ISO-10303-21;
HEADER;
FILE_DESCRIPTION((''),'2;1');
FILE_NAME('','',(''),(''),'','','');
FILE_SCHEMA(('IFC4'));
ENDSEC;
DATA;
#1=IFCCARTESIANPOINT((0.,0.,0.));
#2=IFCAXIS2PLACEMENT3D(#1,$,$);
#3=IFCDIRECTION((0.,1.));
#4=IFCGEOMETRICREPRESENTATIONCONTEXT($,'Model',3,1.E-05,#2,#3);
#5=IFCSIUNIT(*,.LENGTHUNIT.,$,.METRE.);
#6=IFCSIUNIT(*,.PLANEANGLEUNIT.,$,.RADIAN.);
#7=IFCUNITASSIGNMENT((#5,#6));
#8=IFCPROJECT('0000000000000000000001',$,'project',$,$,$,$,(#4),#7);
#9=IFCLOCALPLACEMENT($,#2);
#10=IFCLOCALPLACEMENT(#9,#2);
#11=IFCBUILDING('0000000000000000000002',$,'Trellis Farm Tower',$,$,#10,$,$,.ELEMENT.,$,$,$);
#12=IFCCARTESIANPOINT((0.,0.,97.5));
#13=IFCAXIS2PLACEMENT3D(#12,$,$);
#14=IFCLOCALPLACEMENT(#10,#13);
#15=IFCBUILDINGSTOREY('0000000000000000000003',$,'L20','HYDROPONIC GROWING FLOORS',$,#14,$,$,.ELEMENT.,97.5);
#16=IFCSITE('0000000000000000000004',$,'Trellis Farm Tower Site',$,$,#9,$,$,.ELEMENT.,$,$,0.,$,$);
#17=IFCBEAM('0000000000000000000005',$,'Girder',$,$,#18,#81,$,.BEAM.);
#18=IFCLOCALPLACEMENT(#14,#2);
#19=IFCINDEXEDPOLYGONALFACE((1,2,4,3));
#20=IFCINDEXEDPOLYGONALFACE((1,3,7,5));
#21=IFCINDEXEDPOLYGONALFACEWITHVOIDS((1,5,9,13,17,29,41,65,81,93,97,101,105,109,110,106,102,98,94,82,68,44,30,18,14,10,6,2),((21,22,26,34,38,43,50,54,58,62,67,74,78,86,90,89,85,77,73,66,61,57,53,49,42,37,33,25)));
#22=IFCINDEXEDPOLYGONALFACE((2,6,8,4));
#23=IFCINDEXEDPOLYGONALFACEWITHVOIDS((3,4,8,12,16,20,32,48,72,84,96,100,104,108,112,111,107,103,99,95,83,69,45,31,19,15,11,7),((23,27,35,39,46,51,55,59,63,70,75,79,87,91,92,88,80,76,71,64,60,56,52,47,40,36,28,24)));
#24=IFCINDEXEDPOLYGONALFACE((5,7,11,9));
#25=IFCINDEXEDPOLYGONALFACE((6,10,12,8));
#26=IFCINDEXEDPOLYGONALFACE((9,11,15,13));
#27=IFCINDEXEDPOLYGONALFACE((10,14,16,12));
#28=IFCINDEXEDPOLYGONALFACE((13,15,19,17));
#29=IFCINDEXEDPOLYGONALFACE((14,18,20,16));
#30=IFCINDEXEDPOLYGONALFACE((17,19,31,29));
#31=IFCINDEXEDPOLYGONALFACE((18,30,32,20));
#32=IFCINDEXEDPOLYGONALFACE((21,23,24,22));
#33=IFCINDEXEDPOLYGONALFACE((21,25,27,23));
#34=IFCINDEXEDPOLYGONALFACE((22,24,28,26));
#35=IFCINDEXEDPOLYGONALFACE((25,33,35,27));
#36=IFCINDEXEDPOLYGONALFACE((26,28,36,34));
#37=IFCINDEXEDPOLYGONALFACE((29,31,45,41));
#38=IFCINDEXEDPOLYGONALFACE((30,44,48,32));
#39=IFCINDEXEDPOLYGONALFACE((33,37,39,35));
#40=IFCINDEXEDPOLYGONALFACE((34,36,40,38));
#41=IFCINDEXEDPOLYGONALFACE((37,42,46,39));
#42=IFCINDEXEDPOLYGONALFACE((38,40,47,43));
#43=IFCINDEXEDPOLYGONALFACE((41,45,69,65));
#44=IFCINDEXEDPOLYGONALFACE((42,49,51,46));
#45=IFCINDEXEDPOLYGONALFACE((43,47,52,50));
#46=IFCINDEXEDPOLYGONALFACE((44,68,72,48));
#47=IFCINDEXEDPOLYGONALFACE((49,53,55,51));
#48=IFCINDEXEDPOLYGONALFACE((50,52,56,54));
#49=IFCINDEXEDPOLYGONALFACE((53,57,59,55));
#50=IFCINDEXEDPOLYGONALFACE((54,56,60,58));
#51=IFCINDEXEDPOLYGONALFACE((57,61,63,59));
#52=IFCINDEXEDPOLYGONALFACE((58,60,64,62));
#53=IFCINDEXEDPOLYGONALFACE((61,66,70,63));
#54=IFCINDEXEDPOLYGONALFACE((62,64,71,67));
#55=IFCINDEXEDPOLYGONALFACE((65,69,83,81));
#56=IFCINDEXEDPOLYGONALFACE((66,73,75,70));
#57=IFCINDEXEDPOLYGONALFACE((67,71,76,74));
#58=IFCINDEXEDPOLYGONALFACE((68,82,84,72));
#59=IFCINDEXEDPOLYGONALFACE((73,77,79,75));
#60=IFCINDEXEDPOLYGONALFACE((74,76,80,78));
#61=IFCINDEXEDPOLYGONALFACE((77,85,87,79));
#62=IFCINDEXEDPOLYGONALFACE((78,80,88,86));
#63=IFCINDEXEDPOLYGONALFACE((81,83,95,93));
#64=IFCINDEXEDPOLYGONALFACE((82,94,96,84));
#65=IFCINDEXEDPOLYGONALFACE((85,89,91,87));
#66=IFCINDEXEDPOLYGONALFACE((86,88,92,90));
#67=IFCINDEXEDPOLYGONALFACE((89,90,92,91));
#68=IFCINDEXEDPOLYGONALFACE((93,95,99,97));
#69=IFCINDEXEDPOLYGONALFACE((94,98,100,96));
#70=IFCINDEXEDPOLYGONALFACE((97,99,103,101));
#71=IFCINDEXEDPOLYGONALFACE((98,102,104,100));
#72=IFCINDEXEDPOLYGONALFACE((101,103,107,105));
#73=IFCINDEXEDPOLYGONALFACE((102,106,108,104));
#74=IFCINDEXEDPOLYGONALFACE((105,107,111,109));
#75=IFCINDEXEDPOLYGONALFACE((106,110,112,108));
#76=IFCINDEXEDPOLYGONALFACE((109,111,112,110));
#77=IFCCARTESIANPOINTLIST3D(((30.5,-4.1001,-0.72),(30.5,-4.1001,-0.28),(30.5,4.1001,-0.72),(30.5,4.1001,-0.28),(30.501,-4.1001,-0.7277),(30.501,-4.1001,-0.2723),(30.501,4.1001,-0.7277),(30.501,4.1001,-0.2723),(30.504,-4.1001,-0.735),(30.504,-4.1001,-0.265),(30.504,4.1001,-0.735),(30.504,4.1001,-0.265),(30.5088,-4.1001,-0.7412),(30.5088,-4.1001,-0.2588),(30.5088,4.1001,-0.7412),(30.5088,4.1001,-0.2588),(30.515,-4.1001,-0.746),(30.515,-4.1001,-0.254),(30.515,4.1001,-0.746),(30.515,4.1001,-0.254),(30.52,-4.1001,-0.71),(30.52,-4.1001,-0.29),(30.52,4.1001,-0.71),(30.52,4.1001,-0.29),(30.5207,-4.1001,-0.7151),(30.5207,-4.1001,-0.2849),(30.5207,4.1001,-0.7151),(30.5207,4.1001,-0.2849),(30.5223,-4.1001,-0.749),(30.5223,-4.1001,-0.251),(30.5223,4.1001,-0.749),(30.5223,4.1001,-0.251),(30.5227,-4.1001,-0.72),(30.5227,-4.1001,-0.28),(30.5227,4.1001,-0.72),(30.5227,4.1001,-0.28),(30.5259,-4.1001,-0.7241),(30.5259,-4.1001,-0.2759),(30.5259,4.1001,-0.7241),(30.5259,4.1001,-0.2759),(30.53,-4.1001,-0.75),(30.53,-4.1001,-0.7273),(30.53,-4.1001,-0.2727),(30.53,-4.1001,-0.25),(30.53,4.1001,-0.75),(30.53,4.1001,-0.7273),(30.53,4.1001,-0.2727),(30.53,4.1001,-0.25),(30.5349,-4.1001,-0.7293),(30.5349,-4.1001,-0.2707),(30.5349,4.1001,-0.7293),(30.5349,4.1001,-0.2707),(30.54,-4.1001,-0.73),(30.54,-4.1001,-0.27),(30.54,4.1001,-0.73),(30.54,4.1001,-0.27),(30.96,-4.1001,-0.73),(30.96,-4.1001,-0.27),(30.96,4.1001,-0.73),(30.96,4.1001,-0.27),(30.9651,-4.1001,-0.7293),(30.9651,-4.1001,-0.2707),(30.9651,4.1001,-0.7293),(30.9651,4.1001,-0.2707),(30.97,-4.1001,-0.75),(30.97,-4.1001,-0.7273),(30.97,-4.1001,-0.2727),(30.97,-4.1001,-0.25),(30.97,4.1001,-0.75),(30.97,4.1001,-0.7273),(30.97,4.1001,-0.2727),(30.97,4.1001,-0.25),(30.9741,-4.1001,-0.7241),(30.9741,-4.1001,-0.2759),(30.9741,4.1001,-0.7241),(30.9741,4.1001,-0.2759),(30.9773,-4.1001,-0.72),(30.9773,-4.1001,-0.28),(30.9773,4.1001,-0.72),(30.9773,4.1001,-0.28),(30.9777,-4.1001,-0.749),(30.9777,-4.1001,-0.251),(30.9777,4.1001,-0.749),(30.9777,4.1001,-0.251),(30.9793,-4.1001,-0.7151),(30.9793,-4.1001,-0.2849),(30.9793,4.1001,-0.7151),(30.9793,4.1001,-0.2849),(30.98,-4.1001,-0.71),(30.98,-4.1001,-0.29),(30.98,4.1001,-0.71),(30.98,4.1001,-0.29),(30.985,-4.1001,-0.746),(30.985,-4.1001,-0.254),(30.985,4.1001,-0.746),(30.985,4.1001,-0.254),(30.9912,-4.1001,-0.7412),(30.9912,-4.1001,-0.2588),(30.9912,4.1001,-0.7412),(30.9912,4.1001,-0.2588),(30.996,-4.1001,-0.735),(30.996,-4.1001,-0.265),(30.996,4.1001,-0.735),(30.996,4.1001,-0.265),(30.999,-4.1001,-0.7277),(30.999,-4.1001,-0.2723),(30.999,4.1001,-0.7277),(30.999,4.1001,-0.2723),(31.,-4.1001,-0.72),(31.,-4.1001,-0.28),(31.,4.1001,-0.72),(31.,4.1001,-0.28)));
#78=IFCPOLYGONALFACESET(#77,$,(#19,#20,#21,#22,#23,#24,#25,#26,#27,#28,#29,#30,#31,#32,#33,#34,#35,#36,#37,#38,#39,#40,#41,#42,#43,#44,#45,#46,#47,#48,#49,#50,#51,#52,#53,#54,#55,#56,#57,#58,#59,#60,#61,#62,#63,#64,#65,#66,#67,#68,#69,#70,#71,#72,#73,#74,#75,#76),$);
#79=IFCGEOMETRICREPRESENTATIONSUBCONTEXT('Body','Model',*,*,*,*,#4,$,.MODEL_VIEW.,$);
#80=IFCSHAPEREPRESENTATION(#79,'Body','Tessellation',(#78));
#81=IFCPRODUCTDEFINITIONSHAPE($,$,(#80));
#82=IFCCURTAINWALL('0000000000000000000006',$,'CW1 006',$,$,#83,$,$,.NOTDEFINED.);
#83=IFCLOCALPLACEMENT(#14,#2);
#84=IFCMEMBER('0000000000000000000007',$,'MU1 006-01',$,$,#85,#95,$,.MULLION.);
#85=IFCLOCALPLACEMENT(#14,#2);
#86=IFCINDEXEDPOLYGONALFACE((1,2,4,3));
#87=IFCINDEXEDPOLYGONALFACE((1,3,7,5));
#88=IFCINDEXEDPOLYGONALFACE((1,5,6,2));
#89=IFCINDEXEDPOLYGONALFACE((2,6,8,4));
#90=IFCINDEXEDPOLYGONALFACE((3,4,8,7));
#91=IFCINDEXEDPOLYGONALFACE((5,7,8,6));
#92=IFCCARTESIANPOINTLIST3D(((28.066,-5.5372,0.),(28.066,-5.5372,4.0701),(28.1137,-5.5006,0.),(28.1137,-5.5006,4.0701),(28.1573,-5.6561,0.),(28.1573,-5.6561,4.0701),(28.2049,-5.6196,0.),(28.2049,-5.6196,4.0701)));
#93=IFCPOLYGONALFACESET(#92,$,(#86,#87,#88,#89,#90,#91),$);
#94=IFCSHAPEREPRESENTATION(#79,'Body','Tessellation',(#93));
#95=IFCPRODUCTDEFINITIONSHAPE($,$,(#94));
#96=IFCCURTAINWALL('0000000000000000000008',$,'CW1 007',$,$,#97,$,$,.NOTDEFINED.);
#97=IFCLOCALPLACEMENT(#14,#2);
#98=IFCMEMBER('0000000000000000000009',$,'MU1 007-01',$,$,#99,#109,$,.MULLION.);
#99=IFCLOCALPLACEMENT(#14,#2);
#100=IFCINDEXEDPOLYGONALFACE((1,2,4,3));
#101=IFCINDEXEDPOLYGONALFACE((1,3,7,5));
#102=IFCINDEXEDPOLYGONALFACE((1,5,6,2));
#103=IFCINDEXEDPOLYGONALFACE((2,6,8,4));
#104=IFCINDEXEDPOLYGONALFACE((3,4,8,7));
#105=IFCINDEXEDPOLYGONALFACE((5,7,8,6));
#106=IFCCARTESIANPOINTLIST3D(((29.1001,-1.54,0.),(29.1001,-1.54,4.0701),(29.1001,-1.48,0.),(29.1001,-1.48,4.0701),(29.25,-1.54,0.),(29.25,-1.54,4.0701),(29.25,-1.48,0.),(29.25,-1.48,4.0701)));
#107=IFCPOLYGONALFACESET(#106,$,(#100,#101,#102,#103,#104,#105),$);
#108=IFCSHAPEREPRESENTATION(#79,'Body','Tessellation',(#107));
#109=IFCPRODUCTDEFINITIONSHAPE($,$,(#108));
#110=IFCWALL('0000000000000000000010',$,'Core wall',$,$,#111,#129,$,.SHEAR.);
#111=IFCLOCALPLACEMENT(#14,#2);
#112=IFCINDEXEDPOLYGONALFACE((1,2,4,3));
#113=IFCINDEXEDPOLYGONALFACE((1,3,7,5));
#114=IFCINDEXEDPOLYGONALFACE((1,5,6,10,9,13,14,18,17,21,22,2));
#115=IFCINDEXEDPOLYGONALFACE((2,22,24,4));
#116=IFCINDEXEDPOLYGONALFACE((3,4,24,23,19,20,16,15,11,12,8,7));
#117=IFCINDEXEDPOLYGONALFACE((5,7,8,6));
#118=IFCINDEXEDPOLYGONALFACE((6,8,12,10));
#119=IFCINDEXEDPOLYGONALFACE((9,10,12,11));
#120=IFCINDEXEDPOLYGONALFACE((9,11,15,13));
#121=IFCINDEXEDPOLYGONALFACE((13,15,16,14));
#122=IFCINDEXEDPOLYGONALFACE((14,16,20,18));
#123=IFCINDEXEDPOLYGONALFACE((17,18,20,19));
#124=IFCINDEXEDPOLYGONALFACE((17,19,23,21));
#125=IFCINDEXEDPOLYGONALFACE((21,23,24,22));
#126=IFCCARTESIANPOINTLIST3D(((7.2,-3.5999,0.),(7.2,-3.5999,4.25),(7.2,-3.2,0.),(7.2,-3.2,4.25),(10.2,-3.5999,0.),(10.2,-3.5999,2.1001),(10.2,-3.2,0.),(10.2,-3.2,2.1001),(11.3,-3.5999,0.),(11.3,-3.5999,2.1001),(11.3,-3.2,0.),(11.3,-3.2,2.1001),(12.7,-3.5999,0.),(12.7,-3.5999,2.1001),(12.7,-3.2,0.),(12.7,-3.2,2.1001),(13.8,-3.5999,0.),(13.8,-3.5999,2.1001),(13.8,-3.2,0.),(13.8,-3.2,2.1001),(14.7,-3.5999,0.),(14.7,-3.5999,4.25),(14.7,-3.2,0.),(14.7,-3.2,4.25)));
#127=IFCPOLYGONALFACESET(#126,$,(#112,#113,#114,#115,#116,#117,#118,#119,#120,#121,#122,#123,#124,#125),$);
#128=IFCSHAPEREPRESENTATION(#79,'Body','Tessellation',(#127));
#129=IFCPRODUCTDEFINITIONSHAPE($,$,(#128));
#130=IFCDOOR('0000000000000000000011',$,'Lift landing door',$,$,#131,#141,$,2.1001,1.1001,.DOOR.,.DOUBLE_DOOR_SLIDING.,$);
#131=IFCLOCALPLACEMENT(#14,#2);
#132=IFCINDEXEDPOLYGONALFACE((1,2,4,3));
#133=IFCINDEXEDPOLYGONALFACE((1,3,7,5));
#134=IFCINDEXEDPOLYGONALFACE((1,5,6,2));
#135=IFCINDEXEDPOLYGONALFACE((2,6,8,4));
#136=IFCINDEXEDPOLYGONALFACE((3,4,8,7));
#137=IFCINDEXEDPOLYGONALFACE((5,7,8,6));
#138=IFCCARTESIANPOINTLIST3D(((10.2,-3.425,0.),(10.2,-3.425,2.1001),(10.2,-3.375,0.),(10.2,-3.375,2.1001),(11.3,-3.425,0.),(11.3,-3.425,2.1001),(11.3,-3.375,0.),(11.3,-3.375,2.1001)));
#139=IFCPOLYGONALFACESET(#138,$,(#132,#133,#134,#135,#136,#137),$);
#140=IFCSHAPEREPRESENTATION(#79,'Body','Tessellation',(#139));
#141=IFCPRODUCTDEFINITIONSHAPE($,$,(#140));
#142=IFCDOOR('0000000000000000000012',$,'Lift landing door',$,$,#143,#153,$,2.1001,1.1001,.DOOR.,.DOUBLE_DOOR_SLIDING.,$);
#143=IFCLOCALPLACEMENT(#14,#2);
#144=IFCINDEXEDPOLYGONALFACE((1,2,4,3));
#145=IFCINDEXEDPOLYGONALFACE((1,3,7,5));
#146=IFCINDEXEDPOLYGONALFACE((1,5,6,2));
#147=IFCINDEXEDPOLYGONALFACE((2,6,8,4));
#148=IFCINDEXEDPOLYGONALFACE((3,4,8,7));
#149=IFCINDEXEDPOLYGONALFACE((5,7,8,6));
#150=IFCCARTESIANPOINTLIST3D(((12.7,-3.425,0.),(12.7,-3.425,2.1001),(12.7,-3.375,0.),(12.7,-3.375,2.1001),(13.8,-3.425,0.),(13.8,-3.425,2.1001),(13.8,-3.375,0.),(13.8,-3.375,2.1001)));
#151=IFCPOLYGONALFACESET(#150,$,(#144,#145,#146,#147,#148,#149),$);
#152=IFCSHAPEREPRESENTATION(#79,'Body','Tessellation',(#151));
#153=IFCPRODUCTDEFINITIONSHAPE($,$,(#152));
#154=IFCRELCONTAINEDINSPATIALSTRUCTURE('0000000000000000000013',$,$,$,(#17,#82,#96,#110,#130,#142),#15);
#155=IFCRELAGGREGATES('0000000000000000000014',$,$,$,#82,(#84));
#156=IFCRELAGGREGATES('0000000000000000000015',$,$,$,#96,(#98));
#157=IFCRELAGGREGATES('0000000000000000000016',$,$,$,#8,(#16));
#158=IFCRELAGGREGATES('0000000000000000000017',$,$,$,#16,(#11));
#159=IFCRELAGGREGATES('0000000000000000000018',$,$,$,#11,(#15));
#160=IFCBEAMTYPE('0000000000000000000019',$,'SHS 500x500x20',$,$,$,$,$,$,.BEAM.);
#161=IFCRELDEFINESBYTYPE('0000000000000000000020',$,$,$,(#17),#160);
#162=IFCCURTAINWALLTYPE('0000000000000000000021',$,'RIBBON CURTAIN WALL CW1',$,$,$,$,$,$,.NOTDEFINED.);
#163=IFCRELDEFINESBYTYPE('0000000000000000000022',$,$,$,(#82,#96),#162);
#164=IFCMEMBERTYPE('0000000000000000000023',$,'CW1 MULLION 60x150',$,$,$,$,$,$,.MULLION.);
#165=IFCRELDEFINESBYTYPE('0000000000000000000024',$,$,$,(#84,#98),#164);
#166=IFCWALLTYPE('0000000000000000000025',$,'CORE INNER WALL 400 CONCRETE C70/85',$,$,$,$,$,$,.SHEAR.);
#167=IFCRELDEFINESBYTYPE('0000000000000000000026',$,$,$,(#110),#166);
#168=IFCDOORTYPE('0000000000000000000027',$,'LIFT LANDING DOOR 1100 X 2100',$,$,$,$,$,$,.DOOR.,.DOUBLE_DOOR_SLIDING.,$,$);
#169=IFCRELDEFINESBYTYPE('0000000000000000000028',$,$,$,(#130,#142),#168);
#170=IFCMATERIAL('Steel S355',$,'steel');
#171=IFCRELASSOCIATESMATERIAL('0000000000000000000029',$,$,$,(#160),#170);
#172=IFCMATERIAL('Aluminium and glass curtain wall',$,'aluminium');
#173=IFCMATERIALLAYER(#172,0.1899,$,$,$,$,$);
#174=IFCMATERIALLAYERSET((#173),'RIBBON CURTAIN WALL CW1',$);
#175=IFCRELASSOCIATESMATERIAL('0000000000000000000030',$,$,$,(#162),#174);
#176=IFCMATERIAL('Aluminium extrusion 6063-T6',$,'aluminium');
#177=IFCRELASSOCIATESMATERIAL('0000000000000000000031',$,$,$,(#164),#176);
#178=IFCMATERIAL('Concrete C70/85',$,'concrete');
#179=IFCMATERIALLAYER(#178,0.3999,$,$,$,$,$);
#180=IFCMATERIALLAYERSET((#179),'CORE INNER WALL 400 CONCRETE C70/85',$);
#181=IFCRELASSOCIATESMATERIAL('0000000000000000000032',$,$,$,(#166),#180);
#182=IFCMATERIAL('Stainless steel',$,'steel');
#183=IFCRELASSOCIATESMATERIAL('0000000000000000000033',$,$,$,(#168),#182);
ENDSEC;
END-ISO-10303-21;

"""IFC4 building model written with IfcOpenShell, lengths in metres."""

from ifc_helpers import new_model, si_unit, direction, frame, frame_2d, origin, origin_2d, place, context, subcontext, project, spatial, rectangle, hollow_rectangle, extrude, source, transform, mapped, material, layer, layer_set, material_profile, profile_set, type_object, element, fill, aggregate, save


model = new_model("IFC4")

# Units and contexts
model_context = context("Model", 3, precision=1e-05, world=origin(), true_north=direction((0.0, 1.0)))
body_context = subcontext(model_context, "Body", "Model", "MODEL_VIEW")
ifc_project = project(units=[si_unit("LENGTHUNIT", "METRE"), si_unit("PLANEANGLEUNIT", "RADIAN")], contexts=[model_context])

# Site, building, storey
site_placement = place(None, origin())
site = spatial("IfcSite", under=ifc_project, at=site_placement, Name="Trellis Farm Tower Site", CompositionType="ELEMENT", RefElevation=0.0)
building_placement = place(site_placement, origin())
building = spatial("IfcBuilding", under=site, at=building_placement, Name="Trellis Farm Tower", CompositionType="ELEMENT")
storey_placement = place(building_placement, frame((0.0, 0.0, 97.5)))
storey = spatial("IfcBuildingStorey", under=building, at=storey_placement, Name="L20", Description="HYDROPONIC GROWING FLOORS", CompositionType="ELEMENT", Elevation=97.5)

# Beam
ifc_material_1 = material(Name="Steel S355", Category="steel")
ifc_material_profile_1 = material_profile(ifc_material_1, hollow_rectangle(XDim=0.5, YDim=0.5, WallThickness=0.02, InnerFilletRadius=0.02, OuterFilletRadius=0.03, at=origin_2d()), Name="SHS 500x500x20")
ifc_profile_set_1 = profile_set([ifc_material_profile_1], Name="Steel S355")
beam_type_1 = type_object("IfcBeamType", Name="SHS 500x500x20", PredefinedType="BEAM", material=ifc_profile_set_1)
shared_shape_1 = source(origin(), body_context, "Body", "SweptSolid", [
    extrude(hollow_rectangle(XDim=0.5, YDim=0.5, WallThickness=0.02, InnerFilletRadius=0.02, OuterFilletRadius=0.03, at=origin_2d()), origin(), (0.0, 0.0, 1.0), 8.2002),
])
beam_1_placement = place(storey_placement, frame((30.75, -4.1001, -0.5), z_axis=(0.0, 1.0, 0.0), x_axis=(-1.0, 0.0, 0.0)))
element("IfcBeam", 1, at=beam_1_placement, inside=storey, type_object=beam_type_1, Name="Girder", PredefinedType="BEAM", context=body_context, shape_type="MappedRepresentation", body=[
    mapped(shared_shape_1, transform((0.0, 0.0, 0.0))),
])

# Curtain walls, members
ifc_material_2 = material(Name="Aluminium and glass curtain wall", Category="aluminium")
ifc_layer_1 = layer(ifc_material_2, 0.1899)
ifc_layer_set_1 = layer_set([ifc_layer_1], Name="RIBBON CURTAIN WALL CW1")
curtain_wall_type = type_object("IfcCurtainWallType", Name="RIBBON CURTAIN WALL CW1", PredefinedType="NOTDEFINED", material=ifc_layer_set_1)
placement = place(storey_placement, origin())
curtain_wall_1 = element("IfcCurtainWall", 2, at=placement, inside=storey, type_object=curtain_wall_type, Name="CW1 006", PredefinedType="NOTDEFINED")
ifc_material_3 = material(Name="Aluminium extrusion 6063-T6", Category="aluminium")
ifc_material_profile_2 = material_profile(ifc_material_3, rectangle(XDim=0.0601, YDim=0.1499, at=origin_2d()), Name="MULLION 60x150")
ifc_profile_set_2 = profile_set([ifc_material_profile_2], Name="Aluminium extrusion 6063-T6")
member_type = type_object("IfcMemberType", Name="CW1 MULLION 60x150", PredefinedType="MULLION", material=ifc_profile_set_2)
shared_shape_2 = source(origin(), body_context, "Body", "SweptSolid", [
    extrude(rectangle(XDim=0.0601, YDim=0.1499, at=origin_2d()), origin(), (0.0, 0.0, 1.0), 4.0701),
])
member_1_placement = place(storey_placement, frame((28.1355, -5.5784, 0.0), z_axis=(0.0, 0.0, 1.0), x_axis=(0.793353, 0.608761, 0.0)))
member_1 = element("IfcMember", 3, at=member_1_placement, type_object=member_type, Name="MU1 006-01", PredefinedType="MULLION", context=body_context, shape_type="MappedRepresentation", body=[
    mapped(shared_shape_2, transform((0.0, 0.0, 0.0))),
])
aggregate(curtain_wall_1, [member_1])
curtain_wall_2 = element("IfcCurtainWall", 4, at=placement, inside=storey, type_object=curtain_wall_type, Name="CW1 007", PredefinedType="NOTDEFINED")
member_2_placement = place(storey_placement, frame((29.175, -1.51, 0.0), z_axis=(0.0, 0.0, 1.0), x_axis=(0.0, 1.0, 0.0)))
member_2 = element("IfcMember", 5, at=member_2_placement, type_object=member_type, Name="MU1 007-01", PredefinedType="MULLION", context=body_context, shape_type="MappedRepresentation", body=[
    mapped(shared_shape_2, transform((0.0, 0.0, 0.0))),
])
aggregate(curtain_wall_2, [member_2])

# Wall, openings, doors
ifc_material_4 = material(Name="Concrete C70/85", Category="concrete")
ifc_layer_2 = layer(ifc_material_4, 0.3999)
ifc_layer_set_2 = layer_set([ifc_layer_2], Name="CORE INNER WALL 400 CONCRETE C70/85")
wall_type_1 = type_object("IfcWallType", Name="CORE INNER WALL 400 CONCRETE C70/85", PredefinedType="SHEAR", material=ifc_layer_set_2)
shared_shape_3 = source(origin(), body_context, "Body", "SweptSolid", [
    extrude(rectangle(XDim=7.5, YDim=0.3999, at=frame_2d((3.75, 0.0))), origin(), (0.0, 0.0, 1.0), 4.25),
])
wall_1_placement = place(storey_placement, frame((7.2, -3.3999, 0.0), z_axis=(0.0, 0.0, 1.0), x_axis=(1.0, 0.0, 0.0)))
wall_1 = element("IfcWall", 6, at=wall_1_placement, inside=storey, type_object=wall_type_1, Name="Core wall", PredefinedType="SHEAR", context=body_context, shape_type="MappedRepresentation", body=[
    mapped(shared_shape_3, transform((0.0, 0.0, 0.0))),
])
shared_shape_4 = source(origin(), body_context, "Body", "SweptSolid", [
    extrude(rectangle(XDim=1.1001, YDim=2.1001, at=frame_2d((0.55, 1.05))), frame((0.0, 0.21, 0.0), z_axis=(0.0, -1.0, 0.0), x_axis=(1.0, 0.0, 0.0)), (0.0, 0.0, 1.0), 0.4199),
])
opening_1_placement = place(wall_1_placement, frame((3.0, 0.0, 0.0)))
opening_1 = element("IfcOpeningElement", 7, at=opening_1_placement, cuts=wall_1, PredefinedType="OPENING", context=body_context, shape_type="MappedRepresentation", body=[
    mapped(shared_shape_4, transform((0.0, 0.0, 0.0))),
])
opening_2_placement = place(wall_1_placement, frame((5.5, 0.0, 0.0)))
opening_2 = element("IfcOpeningElement", 8, at=opening_2_placement, cuts=wall_1, PredefinedType="OPENING", context=body_context, shape_type="MappedRepresentation", body=[
    mapped(shared_shape_4, transform((0.0, 0.0, 0.0))),
])
ifc_material_5 = material(Name="Stainless steel", Category="steel")
door_type_1 = type_object("IfcDoorType", Name="LIFT LANDING DOOR 1100 X 2100", OperationType="DOUBLE_DOOR_SLIDING", PredefinedType="DOOR", material=ifc_material_5)
shared_shape_5 = source(origin(), body_context, "Body", "SweptSolid", [
    extrude(rectangle(XDim=1.1001, YDim=2.1001, at=frame_2d((0.55, 1.05))), frame((0.0, 0.0249, 0.0), z_axis=(0.0, -1.0, 0.0), x_axis=(1.0, 0.0, 0.0)), (0.0, 0.0, 1.0), 0.05),
])
door_1_placement = place(opening_1_placement, origin())
door_1 = element("IfcDoor", 9, at=door_1_placement, inside=storey, type_object=door_type_1, Name="Lift landing door", OperationType="DOUBLE_DOOR_SLIDING", OverallHeight=2.1001, OverallWidth=1.1001, PredefinedType="DOOR", context=body_context, shape_type="MappedRepresentation", body=[
    mapped(shared_shape_5, transform((0.0, 0.0, 0.0))),
])
fill(opening_1, door_1)
door_2_placement = place(opening_2_placement, origin())
door_2 = element("IfcDoor", 10, at=door_2_placement, inside=storey, type_object=door_type_1, Name="Lift landing door", OperationType="DOUBLE_DOOR_SLIDING", OverallHeight=2.1001, OverallWidth=1.1001, PredefinedType="DOOR", context=body_context, shape_type="MappedRepresentation", body=[
    mapped(shared_shape_5, transform((0.0, 0.0, 0.0))),
])
fill(opening_2, door_2)

save(model, "model.ifc")
